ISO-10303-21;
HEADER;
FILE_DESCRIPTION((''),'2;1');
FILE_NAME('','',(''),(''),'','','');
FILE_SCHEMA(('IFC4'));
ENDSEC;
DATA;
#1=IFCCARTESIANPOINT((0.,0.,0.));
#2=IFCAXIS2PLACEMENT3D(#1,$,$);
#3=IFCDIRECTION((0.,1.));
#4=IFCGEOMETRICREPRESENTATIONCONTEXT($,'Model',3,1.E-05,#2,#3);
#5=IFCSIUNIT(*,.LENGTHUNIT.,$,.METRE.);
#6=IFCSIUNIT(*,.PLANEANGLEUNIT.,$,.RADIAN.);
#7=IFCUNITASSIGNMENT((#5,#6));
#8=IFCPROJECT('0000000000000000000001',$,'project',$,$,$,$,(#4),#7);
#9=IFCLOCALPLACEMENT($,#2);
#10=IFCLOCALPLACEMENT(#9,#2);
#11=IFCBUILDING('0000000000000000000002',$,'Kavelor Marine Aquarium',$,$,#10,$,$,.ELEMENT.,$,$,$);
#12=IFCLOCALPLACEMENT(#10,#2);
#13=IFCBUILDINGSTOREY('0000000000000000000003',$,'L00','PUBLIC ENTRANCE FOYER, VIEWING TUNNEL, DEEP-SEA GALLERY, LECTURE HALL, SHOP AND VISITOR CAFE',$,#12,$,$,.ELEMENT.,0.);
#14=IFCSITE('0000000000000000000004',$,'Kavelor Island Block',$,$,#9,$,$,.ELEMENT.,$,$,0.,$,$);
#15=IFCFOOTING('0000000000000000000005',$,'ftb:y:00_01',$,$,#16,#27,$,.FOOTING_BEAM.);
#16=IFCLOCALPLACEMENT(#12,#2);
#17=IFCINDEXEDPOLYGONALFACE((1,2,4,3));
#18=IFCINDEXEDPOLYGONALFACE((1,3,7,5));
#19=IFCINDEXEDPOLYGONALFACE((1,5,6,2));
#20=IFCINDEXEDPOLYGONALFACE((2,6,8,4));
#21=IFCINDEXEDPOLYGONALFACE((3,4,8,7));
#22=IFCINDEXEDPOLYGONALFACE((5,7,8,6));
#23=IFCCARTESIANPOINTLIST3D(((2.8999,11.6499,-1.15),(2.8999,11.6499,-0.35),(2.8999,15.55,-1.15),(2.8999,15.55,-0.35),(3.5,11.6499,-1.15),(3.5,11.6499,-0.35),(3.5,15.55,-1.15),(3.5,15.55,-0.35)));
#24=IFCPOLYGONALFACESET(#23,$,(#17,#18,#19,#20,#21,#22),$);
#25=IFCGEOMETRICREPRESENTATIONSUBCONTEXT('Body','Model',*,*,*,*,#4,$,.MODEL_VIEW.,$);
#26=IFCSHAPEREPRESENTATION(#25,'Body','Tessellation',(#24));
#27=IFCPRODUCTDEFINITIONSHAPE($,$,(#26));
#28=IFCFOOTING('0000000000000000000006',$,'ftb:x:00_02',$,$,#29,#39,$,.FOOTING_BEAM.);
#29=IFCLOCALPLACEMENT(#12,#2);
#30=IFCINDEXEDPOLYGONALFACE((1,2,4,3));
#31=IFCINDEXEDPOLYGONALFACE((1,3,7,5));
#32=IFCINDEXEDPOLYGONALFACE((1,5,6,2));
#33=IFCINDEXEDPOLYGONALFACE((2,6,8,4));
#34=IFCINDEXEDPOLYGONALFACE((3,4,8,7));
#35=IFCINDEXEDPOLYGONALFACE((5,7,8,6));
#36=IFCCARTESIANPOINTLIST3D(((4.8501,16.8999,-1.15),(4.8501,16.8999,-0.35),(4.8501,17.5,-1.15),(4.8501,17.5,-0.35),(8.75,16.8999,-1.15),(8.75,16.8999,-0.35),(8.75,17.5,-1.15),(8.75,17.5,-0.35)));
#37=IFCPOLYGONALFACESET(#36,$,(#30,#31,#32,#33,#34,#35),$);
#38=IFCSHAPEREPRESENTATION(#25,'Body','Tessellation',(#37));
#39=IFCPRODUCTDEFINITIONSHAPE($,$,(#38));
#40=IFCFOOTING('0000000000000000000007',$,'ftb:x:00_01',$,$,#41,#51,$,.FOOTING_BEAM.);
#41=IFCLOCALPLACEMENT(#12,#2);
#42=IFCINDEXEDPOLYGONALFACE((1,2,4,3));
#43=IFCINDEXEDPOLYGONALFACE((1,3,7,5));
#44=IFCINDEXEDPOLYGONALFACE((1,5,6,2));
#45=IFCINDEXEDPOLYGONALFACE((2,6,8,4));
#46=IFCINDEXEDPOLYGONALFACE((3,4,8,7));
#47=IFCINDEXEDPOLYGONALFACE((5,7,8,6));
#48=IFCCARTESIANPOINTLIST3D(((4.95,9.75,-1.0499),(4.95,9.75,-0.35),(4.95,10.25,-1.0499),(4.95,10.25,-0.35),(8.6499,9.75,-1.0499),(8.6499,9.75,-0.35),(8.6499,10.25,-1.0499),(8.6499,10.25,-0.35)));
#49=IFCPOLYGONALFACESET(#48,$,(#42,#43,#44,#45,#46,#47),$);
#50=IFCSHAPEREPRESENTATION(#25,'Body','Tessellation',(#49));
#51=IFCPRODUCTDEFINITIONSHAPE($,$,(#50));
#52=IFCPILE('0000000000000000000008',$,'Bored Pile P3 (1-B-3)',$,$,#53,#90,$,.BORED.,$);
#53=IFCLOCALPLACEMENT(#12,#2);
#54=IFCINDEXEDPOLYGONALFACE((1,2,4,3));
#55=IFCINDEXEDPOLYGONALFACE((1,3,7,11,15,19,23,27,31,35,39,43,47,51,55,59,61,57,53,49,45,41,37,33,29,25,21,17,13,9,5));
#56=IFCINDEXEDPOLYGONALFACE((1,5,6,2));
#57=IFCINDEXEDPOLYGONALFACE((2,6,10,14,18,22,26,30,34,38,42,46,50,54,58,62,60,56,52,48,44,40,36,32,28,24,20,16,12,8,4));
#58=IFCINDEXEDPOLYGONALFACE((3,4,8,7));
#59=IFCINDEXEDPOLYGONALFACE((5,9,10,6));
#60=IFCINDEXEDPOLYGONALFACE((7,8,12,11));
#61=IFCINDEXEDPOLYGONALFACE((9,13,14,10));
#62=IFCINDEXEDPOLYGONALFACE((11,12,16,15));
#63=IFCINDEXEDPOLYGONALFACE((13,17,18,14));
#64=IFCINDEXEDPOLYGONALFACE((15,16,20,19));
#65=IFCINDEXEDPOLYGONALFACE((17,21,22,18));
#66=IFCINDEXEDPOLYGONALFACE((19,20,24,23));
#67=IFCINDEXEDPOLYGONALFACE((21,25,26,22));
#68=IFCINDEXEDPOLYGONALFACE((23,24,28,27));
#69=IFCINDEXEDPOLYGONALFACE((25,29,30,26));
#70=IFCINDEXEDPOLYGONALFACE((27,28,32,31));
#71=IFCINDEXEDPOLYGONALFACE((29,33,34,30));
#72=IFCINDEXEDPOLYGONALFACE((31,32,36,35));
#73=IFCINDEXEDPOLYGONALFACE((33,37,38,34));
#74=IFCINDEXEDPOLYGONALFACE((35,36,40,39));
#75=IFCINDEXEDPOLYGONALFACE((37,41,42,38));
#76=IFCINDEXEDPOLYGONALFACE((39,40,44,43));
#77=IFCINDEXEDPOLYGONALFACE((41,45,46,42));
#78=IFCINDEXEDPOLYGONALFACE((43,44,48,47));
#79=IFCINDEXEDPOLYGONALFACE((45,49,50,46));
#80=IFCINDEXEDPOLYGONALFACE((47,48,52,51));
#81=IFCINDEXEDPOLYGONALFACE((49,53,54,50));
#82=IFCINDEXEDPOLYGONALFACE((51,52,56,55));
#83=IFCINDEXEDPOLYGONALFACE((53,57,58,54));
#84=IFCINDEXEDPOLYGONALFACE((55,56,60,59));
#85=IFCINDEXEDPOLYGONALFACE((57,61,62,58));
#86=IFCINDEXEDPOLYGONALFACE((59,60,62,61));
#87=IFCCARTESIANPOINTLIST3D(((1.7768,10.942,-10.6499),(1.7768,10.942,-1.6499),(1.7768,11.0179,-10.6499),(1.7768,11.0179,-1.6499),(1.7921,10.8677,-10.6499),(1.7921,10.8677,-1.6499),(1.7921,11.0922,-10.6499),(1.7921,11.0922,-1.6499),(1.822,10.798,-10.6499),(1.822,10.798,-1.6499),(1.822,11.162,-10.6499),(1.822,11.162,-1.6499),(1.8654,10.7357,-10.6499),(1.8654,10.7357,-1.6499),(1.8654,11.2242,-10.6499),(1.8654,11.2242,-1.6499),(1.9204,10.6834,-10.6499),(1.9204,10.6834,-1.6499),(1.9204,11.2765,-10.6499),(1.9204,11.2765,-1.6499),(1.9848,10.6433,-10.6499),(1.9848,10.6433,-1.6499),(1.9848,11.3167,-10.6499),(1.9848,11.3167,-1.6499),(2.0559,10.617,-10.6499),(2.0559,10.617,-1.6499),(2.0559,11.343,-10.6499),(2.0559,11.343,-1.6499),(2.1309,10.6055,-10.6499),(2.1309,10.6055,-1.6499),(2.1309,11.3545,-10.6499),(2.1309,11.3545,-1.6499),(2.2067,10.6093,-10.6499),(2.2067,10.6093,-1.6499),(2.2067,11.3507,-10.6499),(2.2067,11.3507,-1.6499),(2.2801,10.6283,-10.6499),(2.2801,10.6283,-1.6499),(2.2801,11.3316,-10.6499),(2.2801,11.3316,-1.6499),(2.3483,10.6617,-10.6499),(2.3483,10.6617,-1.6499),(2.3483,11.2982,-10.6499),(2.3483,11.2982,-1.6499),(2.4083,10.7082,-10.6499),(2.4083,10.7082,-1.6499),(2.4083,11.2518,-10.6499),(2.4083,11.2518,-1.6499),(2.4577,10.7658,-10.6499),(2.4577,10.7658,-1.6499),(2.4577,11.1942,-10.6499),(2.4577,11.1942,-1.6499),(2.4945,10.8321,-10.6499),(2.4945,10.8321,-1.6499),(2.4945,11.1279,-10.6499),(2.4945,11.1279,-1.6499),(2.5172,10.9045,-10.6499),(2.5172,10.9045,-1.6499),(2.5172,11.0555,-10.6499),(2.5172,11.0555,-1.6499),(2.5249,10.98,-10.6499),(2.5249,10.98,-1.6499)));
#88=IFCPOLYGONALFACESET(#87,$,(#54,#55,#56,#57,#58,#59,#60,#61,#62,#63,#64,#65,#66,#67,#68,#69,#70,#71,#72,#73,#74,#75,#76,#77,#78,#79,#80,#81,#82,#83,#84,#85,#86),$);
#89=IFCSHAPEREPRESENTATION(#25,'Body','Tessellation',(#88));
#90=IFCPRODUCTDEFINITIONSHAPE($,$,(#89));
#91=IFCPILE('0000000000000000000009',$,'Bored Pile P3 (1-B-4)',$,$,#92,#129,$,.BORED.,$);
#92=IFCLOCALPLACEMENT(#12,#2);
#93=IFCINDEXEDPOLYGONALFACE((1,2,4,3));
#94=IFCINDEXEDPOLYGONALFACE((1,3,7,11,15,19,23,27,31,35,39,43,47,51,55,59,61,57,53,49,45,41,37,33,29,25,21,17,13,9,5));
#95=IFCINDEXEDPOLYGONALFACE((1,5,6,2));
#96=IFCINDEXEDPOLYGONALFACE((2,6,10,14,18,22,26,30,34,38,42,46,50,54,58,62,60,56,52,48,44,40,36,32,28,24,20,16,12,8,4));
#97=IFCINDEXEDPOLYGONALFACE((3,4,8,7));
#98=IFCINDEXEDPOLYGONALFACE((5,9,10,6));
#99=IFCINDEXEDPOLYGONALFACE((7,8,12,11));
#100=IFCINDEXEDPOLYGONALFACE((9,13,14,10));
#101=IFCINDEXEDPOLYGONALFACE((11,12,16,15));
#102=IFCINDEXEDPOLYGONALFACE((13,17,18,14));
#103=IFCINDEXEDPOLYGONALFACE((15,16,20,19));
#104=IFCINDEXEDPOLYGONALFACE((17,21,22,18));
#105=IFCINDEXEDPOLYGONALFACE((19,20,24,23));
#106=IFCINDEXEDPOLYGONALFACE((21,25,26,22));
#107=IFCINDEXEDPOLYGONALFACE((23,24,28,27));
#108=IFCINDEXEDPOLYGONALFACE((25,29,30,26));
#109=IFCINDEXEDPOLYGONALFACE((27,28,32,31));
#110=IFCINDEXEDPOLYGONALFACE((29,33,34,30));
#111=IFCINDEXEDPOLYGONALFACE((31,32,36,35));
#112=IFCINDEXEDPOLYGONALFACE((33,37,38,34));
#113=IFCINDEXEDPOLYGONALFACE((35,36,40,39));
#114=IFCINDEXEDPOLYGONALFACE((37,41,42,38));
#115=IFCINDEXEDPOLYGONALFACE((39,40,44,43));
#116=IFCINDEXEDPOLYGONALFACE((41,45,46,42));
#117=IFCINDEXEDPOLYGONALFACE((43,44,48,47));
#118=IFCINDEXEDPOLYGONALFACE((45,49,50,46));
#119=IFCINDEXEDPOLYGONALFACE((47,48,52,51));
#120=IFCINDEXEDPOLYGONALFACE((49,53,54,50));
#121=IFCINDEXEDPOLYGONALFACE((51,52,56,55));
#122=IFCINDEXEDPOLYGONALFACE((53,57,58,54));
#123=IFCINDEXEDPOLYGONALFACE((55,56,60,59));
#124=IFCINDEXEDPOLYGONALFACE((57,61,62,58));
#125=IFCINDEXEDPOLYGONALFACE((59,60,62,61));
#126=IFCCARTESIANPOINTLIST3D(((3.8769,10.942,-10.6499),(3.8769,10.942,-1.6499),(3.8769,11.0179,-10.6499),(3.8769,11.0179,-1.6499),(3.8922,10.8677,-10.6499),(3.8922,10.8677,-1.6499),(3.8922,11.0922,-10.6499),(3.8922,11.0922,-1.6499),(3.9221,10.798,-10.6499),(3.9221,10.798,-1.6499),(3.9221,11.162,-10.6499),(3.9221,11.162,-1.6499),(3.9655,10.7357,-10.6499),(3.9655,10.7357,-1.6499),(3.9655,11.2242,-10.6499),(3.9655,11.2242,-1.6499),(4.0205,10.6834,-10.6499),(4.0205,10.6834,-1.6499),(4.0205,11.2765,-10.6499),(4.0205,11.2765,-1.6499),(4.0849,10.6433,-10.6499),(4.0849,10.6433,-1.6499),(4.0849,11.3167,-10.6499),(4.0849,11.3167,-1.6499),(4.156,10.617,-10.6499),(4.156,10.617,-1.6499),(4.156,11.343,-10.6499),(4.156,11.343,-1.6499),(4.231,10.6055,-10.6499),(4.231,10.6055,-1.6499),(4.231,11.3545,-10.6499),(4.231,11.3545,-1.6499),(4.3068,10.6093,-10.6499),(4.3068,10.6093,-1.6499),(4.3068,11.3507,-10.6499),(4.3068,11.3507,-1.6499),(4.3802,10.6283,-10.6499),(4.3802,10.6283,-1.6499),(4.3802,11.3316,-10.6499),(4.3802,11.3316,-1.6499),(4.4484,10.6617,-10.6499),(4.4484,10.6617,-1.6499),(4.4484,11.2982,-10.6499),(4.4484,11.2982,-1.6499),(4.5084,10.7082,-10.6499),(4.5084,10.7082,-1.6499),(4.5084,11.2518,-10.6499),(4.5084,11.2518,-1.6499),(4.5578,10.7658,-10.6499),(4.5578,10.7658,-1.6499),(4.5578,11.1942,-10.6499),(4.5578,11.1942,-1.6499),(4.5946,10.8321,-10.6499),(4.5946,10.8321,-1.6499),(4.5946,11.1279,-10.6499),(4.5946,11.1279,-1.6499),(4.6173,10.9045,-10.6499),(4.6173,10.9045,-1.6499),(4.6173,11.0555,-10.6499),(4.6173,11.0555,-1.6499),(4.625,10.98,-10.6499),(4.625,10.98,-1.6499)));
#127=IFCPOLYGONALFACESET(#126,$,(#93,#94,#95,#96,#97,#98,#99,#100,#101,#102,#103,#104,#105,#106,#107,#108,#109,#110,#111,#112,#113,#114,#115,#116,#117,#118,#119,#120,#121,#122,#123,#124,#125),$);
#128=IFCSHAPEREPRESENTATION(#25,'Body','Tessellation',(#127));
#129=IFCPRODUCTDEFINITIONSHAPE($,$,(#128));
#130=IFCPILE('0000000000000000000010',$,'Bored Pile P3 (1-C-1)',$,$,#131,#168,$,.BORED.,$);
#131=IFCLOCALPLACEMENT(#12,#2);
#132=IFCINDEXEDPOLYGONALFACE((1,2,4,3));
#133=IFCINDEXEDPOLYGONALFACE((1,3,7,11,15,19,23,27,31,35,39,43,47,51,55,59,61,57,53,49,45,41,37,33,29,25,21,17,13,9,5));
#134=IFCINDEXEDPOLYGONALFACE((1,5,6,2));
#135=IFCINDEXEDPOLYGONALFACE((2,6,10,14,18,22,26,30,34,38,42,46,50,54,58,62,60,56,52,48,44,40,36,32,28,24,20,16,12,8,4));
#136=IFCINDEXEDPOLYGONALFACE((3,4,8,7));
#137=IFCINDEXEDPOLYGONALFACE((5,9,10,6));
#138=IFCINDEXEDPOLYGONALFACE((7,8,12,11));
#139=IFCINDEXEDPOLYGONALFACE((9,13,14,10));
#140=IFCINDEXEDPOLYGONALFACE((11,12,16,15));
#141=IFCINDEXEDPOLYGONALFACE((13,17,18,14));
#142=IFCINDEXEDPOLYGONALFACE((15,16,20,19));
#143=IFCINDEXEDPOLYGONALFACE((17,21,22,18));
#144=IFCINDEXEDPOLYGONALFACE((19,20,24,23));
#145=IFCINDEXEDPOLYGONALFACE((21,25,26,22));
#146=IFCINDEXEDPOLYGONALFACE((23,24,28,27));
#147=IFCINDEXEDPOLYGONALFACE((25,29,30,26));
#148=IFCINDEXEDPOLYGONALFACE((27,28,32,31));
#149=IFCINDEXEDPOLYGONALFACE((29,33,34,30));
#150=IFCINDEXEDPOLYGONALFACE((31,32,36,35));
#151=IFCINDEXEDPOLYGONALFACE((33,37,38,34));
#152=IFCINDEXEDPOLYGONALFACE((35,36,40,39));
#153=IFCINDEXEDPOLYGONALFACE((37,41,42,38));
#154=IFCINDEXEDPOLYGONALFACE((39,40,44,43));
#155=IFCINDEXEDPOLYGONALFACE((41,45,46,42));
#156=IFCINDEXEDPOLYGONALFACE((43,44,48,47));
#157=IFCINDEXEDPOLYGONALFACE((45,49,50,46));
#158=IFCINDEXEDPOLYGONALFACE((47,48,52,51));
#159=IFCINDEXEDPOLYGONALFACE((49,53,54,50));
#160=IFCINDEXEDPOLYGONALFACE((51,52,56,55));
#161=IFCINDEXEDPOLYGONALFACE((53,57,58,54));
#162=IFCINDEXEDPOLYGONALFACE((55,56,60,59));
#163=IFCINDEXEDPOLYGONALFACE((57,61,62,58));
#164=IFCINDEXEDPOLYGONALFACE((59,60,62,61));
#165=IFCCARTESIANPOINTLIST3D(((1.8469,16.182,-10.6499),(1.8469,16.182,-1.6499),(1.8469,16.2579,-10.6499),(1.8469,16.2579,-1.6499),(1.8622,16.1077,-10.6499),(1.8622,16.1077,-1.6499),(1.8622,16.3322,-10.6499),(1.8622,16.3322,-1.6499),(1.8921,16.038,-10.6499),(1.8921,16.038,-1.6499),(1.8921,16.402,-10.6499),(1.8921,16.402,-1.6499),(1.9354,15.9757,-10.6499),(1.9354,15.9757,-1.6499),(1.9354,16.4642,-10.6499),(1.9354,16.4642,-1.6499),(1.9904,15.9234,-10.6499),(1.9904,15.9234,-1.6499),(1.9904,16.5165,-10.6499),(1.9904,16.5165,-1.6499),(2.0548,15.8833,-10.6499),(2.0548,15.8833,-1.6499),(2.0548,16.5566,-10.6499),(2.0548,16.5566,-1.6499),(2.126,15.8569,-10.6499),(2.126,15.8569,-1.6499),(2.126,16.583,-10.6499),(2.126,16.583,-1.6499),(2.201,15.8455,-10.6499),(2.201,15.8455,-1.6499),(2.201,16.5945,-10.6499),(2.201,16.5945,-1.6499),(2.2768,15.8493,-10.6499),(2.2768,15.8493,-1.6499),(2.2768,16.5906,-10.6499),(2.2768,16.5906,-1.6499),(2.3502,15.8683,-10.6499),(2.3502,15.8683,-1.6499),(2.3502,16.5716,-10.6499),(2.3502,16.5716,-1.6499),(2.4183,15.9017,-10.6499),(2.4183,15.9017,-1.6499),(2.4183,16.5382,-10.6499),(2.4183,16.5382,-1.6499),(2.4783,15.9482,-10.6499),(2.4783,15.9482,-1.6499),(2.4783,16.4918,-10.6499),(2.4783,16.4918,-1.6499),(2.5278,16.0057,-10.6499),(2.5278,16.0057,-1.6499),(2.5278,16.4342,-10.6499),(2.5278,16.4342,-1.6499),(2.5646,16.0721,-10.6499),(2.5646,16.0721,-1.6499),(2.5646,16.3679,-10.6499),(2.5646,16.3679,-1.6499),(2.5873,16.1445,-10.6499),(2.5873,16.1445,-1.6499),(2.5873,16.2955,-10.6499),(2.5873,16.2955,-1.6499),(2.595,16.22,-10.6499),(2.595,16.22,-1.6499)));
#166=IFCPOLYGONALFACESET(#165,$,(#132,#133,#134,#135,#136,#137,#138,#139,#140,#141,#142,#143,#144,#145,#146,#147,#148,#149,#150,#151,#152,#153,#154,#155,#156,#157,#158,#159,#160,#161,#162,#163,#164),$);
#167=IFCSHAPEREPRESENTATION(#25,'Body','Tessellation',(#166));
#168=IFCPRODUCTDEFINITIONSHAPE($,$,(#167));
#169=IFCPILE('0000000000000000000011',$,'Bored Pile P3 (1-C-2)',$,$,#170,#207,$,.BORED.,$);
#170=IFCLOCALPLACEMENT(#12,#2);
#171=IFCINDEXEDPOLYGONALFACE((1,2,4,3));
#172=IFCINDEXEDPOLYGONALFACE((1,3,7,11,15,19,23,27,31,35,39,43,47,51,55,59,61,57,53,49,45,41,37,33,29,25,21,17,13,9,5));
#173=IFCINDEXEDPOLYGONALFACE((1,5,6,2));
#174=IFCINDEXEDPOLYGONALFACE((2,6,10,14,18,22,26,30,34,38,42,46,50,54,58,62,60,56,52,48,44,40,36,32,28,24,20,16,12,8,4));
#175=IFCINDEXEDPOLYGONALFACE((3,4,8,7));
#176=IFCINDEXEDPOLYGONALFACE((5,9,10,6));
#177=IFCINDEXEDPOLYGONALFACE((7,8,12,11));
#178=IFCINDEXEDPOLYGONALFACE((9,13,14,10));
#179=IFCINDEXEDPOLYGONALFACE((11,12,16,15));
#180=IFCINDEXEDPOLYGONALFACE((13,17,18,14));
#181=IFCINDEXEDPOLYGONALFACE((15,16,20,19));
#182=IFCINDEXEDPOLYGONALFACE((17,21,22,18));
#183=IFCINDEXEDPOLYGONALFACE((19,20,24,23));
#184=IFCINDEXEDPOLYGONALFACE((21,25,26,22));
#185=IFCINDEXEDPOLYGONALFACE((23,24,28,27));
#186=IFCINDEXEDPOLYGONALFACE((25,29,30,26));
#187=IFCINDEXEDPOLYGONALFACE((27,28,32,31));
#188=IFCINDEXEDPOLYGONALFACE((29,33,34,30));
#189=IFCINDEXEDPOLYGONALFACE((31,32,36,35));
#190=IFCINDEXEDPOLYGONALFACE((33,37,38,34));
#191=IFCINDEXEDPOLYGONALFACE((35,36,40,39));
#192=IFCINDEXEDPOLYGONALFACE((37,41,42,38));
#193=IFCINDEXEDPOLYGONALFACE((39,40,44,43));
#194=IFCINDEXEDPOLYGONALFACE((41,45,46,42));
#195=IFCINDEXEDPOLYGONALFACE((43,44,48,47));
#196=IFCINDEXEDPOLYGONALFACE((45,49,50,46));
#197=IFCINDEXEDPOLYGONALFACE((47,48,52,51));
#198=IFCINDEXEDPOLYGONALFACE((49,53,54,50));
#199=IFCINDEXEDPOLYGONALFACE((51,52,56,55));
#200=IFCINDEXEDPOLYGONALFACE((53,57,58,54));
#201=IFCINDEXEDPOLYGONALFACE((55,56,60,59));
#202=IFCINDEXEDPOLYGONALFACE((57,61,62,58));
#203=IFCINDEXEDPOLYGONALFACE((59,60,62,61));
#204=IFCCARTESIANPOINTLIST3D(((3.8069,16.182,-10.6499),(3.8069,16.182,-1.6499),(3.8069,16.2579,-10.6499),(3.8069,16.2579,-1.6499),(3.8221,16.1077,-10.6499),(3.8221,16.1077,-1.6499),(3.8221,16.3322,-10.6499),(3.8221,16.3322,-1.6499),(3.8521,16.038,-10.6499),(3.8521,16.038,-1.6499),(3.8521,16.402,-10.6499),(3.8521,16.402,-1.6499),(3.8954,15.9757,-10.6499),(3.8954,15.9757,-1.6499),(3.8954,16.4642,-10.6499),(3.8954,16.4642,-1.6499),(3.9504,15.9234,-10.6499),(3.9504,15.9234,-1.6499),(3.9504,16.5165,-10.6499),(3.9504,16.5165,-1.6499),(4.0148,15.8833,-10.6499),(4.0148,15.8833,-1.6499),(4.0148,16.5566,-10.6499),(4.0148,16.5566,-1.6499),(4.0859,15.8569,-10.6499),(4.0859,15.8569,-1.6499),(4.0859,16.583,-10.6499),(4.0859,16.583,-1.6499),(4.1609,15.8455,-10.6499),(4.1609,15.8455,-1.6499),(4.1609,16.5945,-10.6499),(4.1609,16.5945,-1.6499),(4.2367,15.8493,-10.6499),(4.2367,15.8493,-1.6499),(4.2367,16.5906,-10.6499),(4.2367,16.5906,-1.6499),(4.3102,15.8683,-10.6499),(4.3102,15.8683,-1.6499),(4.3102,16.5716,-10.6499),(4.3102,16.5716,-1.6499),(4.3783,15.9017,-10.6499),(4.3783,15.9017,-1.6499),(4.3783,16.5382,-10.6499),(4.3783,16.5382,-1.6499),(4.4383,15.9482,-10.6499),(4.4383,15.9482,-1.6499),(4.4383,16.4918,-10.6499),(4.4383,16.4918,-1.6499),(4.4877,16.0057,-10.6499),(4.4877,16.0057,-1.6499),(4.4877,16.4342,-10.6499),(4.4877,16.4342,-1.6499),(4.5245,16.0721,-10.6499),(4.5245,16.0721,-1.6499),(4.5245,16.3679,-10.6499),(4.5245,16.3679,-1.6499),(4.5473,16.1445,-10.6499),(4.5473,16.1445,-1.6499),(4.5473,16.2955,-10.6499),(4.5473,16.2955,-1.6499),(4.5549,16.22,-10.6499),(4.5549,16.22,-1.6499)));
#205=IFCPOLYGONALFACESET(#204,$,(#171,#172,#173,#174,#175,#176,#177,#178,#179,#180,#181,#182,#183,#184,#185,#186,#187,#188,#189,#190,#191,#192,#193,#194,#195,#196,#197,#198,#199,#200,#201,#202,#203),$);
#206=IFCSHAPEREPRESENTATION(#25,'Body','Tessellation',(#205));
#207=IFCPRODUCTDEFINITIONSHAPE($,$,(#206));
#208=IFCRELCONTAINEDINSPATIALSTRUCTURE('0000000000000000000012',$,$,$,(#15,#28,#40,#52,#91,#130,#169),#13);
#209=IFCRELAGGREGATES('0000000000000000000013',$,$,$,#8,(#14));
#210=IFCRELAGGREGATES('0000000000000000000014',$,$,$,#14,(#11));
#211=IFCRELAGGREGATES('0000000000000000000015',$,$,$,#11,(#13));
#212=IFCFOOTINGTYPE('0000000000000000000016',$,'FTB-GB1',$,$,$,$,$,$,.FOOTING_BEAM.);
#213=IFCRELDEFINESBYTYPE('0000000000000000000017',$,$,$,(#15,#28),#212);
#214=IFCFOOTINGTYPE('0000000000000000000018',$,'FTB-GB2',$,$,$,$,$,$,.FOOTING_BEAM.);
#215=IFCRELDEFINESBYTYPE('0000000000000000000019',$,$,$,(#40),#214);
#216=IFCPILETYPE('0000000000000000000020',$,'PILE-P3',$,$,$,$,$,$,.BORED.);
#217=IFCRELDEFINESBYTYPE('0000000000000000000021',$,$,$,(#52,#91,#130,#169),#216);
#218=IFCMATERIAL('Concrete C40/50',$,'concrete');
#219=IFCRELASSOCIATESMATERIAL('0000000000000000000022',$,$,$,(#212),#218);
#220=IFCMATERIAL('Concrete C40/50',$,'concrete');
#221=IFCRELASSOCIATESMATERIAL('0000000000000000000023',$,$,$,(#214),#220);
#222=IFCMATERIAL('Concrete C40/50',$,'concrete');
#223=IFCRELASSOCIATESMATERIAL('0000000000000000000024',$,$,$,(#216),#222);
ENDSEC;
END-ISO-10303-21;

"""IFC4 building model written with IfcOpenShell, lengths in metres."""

from ifc_helpers import new_model, si_unit, direction, frame, origin, origin_2d, place, context, subcontext, project, spatial, rectangle, circle, extrude, material, material_profile, profile_set, type_object, element, save


model = new_model("IFC4")

# Units and contexts
model_context = context("Model", 3, precision=1e-05, world=origin(), true_north=direction((0.0, 1.0)))
body_context = subcontext(model_context, "Body", "Model", "MODEL_VIEW")
ifc_project = project(units=[si_unit("LENGTHUNIT", "METRE"), si_unit("PLANEANGLEUNIT", "RADIAN")], contexts=[model_context])

# Site, building, storey
site_placement = place(None, origin())
site = spatial("IfcSite", under=ifc_project, at=site_placement, Name="Kavelor Island Block", CompositionType="ELEMENT", RefElevation=0.0)
building_placement = place(site_placement, origin())
building = spatial("IfcBuilding", under=site, at=building_placement, Name="Kavelor Marine Aquarium", CompositionType="ELEMENT")
storey_placement = place(building_placement, origin())
storey = spatial("IfcBuildingStorey", under=building, at=storey_placement, Name="L00", Description="PUBLIC ENTRANCE FOYER, VIEWING TUNNEL, DEEP-SEA GALLERY, LECTURE HALL, SHOP AND VISITOR CAFE", CompositionType="ELEMENT", Elevation=0.0)

# Footings
ifc_material_1 = material(Name="Concrete C40/50", Category="concrete")
ifc_material_profile_1 = material_profile(ifc_material_1, rectangle(XDim=0.6001, YDim=0.8, at=origin_2d()), Name="GB 600x800")
ifc_profile_set_1 = profile_set([ifc_material_profile_1], Name="Concrete C40/50")
footing_type_1 = type_object("IfcFootingType", Name="FTB-GB1", PredefinedType="FOOTING_BEAM", material=ifc_profile_set_1)
footing_1_placement = place(storey_placement, frame((3.2, 11.6499, -0.75), z_axis=(0.0, 1.0, 0.0), x_axis=(-1.0, 0.0, 0.0)))
element("IfcFooting", 1, at=footing_1_placement, inside=storey, type_object=footing_type_1, Name="ftb:y:00_01", PredefinedType="FOOTING_BEAM", context=body_context, shape_type="SweptSolid", body=[
    extrude(rectangle(XDim=0.6001, YDim=0.8, at=origin_2d()), origin(), (0.0, 0.0, 1.0), 3.9001),
])
footing_2_placement = place(storey_placement, frame((4.8501, 17.2, -0.75), z_axis=(1.0, 0.0, 0.0), x_axis=(0.0, 1.0, 0.0)))
element("IfcFooting", 2, at=footing_2_placement, inside=storey, type_object=footing_type_1, Name="ftb:x:00_02", PredefinedType="FOOTING_BEAM", context=body_context, shape_type="SweptSolid", body=[
    extrude(rectangle(XDim=0.6001, YDim=0.8, at=origin_2d()), origin(), (0.0, 0.0, 1.0), 3.8999),
])
ifc_material_2 = material(Name="Concrete C40/50", Category="concrete")
ifc_material_profile_2 = material_profile(ifc_material_2, rectangle(XDim=0.5, YDim=0.7, at=origin_2d()), Name="GB 500x700")
ifc_profile_set_2 = profile_set([ifc_material_profile_2], Name="Concrete C40/50")
footing_type_2 = type_object("IfcFootingType", Name="FTB-GB2", PredefinedType="FOOTING_BEAM", material=ifc_profile_set_2)
footing_3_placement = place(storey_placement, frame((4.95, 10.0, -0.7), z_axis=(1.0, 0.0, 0.0), x_axis=(0.0, 1.0, 0.0)))
element("IfcFooting", 3, at=footing_3_placement, inside=storey, type_object=footing_type_2, Name="ftb:x:00_01", PredefinedType="FOOTING_BEAM", context=body_context, shape_type="SweptSolid", body=[
    extrude(rectangle(XDim=0.5, YDim=0.7, at=origin_2d()), origin(), (0.0, 0.0, 1.0), 3.7),
])

# Piles
ifc_material_3 = material(Name="Concrete C40/50", Category="concrete")
ifc_material_profile_3 = material_profile(ifc_material_3, circle(Radius=0.375, at=origin_2d()), Name="PILE D750")
ifc_profile_set_3 = profile_set([ifc_material_profile_3], Name="Concrete C40/50")
pile_type = type_object("IfcPileType", Name="PILE-P3", PredefinedType="BORED", material=ifc_profile_set_3)
for number, where, z_axis, x_axis, name in (
    (4, (2.1499, 10.98, -1.6499), (0.0, 0.0, -1.0), (1.0, 0.0, 0.0), "Bored Pile P3 (1-B-3)"),
    (5, (4.25, 10.98, -1.6499), (0.0, 0.0, -1.0), (1.0, 0.0, 0.0), "Bored Pile P3 (1-B-4)"),
    (6, (2.22, 16.22, -1.6499), (0.0, 0.0, -1.0), (1.0, 0.0, 0.0), "Bored Pile P3 (1-C-1)"),
    (7, (4.1799, 16.22, -1.6499), (0.0, 0.0, -1.0), (1.0, 0.0, 0.0), "Bored Pile P3 (1-C-2)"),
):
    element("IfcPile", number, at=place(storey_placement, frame(where, z_axis=z_axis, x_axis=x_axis)), inside=storey, type_object=pile_type, Name=name, PredefinedType="BORED", context=body_context, shape_type="SweptSolid", body=[
        extrude(circle(Radius=0.375, at=origin_2d()), origin(), (0.0, 0.0, 1.0), 9.0),
    ])

save(model, "model.ifc")
